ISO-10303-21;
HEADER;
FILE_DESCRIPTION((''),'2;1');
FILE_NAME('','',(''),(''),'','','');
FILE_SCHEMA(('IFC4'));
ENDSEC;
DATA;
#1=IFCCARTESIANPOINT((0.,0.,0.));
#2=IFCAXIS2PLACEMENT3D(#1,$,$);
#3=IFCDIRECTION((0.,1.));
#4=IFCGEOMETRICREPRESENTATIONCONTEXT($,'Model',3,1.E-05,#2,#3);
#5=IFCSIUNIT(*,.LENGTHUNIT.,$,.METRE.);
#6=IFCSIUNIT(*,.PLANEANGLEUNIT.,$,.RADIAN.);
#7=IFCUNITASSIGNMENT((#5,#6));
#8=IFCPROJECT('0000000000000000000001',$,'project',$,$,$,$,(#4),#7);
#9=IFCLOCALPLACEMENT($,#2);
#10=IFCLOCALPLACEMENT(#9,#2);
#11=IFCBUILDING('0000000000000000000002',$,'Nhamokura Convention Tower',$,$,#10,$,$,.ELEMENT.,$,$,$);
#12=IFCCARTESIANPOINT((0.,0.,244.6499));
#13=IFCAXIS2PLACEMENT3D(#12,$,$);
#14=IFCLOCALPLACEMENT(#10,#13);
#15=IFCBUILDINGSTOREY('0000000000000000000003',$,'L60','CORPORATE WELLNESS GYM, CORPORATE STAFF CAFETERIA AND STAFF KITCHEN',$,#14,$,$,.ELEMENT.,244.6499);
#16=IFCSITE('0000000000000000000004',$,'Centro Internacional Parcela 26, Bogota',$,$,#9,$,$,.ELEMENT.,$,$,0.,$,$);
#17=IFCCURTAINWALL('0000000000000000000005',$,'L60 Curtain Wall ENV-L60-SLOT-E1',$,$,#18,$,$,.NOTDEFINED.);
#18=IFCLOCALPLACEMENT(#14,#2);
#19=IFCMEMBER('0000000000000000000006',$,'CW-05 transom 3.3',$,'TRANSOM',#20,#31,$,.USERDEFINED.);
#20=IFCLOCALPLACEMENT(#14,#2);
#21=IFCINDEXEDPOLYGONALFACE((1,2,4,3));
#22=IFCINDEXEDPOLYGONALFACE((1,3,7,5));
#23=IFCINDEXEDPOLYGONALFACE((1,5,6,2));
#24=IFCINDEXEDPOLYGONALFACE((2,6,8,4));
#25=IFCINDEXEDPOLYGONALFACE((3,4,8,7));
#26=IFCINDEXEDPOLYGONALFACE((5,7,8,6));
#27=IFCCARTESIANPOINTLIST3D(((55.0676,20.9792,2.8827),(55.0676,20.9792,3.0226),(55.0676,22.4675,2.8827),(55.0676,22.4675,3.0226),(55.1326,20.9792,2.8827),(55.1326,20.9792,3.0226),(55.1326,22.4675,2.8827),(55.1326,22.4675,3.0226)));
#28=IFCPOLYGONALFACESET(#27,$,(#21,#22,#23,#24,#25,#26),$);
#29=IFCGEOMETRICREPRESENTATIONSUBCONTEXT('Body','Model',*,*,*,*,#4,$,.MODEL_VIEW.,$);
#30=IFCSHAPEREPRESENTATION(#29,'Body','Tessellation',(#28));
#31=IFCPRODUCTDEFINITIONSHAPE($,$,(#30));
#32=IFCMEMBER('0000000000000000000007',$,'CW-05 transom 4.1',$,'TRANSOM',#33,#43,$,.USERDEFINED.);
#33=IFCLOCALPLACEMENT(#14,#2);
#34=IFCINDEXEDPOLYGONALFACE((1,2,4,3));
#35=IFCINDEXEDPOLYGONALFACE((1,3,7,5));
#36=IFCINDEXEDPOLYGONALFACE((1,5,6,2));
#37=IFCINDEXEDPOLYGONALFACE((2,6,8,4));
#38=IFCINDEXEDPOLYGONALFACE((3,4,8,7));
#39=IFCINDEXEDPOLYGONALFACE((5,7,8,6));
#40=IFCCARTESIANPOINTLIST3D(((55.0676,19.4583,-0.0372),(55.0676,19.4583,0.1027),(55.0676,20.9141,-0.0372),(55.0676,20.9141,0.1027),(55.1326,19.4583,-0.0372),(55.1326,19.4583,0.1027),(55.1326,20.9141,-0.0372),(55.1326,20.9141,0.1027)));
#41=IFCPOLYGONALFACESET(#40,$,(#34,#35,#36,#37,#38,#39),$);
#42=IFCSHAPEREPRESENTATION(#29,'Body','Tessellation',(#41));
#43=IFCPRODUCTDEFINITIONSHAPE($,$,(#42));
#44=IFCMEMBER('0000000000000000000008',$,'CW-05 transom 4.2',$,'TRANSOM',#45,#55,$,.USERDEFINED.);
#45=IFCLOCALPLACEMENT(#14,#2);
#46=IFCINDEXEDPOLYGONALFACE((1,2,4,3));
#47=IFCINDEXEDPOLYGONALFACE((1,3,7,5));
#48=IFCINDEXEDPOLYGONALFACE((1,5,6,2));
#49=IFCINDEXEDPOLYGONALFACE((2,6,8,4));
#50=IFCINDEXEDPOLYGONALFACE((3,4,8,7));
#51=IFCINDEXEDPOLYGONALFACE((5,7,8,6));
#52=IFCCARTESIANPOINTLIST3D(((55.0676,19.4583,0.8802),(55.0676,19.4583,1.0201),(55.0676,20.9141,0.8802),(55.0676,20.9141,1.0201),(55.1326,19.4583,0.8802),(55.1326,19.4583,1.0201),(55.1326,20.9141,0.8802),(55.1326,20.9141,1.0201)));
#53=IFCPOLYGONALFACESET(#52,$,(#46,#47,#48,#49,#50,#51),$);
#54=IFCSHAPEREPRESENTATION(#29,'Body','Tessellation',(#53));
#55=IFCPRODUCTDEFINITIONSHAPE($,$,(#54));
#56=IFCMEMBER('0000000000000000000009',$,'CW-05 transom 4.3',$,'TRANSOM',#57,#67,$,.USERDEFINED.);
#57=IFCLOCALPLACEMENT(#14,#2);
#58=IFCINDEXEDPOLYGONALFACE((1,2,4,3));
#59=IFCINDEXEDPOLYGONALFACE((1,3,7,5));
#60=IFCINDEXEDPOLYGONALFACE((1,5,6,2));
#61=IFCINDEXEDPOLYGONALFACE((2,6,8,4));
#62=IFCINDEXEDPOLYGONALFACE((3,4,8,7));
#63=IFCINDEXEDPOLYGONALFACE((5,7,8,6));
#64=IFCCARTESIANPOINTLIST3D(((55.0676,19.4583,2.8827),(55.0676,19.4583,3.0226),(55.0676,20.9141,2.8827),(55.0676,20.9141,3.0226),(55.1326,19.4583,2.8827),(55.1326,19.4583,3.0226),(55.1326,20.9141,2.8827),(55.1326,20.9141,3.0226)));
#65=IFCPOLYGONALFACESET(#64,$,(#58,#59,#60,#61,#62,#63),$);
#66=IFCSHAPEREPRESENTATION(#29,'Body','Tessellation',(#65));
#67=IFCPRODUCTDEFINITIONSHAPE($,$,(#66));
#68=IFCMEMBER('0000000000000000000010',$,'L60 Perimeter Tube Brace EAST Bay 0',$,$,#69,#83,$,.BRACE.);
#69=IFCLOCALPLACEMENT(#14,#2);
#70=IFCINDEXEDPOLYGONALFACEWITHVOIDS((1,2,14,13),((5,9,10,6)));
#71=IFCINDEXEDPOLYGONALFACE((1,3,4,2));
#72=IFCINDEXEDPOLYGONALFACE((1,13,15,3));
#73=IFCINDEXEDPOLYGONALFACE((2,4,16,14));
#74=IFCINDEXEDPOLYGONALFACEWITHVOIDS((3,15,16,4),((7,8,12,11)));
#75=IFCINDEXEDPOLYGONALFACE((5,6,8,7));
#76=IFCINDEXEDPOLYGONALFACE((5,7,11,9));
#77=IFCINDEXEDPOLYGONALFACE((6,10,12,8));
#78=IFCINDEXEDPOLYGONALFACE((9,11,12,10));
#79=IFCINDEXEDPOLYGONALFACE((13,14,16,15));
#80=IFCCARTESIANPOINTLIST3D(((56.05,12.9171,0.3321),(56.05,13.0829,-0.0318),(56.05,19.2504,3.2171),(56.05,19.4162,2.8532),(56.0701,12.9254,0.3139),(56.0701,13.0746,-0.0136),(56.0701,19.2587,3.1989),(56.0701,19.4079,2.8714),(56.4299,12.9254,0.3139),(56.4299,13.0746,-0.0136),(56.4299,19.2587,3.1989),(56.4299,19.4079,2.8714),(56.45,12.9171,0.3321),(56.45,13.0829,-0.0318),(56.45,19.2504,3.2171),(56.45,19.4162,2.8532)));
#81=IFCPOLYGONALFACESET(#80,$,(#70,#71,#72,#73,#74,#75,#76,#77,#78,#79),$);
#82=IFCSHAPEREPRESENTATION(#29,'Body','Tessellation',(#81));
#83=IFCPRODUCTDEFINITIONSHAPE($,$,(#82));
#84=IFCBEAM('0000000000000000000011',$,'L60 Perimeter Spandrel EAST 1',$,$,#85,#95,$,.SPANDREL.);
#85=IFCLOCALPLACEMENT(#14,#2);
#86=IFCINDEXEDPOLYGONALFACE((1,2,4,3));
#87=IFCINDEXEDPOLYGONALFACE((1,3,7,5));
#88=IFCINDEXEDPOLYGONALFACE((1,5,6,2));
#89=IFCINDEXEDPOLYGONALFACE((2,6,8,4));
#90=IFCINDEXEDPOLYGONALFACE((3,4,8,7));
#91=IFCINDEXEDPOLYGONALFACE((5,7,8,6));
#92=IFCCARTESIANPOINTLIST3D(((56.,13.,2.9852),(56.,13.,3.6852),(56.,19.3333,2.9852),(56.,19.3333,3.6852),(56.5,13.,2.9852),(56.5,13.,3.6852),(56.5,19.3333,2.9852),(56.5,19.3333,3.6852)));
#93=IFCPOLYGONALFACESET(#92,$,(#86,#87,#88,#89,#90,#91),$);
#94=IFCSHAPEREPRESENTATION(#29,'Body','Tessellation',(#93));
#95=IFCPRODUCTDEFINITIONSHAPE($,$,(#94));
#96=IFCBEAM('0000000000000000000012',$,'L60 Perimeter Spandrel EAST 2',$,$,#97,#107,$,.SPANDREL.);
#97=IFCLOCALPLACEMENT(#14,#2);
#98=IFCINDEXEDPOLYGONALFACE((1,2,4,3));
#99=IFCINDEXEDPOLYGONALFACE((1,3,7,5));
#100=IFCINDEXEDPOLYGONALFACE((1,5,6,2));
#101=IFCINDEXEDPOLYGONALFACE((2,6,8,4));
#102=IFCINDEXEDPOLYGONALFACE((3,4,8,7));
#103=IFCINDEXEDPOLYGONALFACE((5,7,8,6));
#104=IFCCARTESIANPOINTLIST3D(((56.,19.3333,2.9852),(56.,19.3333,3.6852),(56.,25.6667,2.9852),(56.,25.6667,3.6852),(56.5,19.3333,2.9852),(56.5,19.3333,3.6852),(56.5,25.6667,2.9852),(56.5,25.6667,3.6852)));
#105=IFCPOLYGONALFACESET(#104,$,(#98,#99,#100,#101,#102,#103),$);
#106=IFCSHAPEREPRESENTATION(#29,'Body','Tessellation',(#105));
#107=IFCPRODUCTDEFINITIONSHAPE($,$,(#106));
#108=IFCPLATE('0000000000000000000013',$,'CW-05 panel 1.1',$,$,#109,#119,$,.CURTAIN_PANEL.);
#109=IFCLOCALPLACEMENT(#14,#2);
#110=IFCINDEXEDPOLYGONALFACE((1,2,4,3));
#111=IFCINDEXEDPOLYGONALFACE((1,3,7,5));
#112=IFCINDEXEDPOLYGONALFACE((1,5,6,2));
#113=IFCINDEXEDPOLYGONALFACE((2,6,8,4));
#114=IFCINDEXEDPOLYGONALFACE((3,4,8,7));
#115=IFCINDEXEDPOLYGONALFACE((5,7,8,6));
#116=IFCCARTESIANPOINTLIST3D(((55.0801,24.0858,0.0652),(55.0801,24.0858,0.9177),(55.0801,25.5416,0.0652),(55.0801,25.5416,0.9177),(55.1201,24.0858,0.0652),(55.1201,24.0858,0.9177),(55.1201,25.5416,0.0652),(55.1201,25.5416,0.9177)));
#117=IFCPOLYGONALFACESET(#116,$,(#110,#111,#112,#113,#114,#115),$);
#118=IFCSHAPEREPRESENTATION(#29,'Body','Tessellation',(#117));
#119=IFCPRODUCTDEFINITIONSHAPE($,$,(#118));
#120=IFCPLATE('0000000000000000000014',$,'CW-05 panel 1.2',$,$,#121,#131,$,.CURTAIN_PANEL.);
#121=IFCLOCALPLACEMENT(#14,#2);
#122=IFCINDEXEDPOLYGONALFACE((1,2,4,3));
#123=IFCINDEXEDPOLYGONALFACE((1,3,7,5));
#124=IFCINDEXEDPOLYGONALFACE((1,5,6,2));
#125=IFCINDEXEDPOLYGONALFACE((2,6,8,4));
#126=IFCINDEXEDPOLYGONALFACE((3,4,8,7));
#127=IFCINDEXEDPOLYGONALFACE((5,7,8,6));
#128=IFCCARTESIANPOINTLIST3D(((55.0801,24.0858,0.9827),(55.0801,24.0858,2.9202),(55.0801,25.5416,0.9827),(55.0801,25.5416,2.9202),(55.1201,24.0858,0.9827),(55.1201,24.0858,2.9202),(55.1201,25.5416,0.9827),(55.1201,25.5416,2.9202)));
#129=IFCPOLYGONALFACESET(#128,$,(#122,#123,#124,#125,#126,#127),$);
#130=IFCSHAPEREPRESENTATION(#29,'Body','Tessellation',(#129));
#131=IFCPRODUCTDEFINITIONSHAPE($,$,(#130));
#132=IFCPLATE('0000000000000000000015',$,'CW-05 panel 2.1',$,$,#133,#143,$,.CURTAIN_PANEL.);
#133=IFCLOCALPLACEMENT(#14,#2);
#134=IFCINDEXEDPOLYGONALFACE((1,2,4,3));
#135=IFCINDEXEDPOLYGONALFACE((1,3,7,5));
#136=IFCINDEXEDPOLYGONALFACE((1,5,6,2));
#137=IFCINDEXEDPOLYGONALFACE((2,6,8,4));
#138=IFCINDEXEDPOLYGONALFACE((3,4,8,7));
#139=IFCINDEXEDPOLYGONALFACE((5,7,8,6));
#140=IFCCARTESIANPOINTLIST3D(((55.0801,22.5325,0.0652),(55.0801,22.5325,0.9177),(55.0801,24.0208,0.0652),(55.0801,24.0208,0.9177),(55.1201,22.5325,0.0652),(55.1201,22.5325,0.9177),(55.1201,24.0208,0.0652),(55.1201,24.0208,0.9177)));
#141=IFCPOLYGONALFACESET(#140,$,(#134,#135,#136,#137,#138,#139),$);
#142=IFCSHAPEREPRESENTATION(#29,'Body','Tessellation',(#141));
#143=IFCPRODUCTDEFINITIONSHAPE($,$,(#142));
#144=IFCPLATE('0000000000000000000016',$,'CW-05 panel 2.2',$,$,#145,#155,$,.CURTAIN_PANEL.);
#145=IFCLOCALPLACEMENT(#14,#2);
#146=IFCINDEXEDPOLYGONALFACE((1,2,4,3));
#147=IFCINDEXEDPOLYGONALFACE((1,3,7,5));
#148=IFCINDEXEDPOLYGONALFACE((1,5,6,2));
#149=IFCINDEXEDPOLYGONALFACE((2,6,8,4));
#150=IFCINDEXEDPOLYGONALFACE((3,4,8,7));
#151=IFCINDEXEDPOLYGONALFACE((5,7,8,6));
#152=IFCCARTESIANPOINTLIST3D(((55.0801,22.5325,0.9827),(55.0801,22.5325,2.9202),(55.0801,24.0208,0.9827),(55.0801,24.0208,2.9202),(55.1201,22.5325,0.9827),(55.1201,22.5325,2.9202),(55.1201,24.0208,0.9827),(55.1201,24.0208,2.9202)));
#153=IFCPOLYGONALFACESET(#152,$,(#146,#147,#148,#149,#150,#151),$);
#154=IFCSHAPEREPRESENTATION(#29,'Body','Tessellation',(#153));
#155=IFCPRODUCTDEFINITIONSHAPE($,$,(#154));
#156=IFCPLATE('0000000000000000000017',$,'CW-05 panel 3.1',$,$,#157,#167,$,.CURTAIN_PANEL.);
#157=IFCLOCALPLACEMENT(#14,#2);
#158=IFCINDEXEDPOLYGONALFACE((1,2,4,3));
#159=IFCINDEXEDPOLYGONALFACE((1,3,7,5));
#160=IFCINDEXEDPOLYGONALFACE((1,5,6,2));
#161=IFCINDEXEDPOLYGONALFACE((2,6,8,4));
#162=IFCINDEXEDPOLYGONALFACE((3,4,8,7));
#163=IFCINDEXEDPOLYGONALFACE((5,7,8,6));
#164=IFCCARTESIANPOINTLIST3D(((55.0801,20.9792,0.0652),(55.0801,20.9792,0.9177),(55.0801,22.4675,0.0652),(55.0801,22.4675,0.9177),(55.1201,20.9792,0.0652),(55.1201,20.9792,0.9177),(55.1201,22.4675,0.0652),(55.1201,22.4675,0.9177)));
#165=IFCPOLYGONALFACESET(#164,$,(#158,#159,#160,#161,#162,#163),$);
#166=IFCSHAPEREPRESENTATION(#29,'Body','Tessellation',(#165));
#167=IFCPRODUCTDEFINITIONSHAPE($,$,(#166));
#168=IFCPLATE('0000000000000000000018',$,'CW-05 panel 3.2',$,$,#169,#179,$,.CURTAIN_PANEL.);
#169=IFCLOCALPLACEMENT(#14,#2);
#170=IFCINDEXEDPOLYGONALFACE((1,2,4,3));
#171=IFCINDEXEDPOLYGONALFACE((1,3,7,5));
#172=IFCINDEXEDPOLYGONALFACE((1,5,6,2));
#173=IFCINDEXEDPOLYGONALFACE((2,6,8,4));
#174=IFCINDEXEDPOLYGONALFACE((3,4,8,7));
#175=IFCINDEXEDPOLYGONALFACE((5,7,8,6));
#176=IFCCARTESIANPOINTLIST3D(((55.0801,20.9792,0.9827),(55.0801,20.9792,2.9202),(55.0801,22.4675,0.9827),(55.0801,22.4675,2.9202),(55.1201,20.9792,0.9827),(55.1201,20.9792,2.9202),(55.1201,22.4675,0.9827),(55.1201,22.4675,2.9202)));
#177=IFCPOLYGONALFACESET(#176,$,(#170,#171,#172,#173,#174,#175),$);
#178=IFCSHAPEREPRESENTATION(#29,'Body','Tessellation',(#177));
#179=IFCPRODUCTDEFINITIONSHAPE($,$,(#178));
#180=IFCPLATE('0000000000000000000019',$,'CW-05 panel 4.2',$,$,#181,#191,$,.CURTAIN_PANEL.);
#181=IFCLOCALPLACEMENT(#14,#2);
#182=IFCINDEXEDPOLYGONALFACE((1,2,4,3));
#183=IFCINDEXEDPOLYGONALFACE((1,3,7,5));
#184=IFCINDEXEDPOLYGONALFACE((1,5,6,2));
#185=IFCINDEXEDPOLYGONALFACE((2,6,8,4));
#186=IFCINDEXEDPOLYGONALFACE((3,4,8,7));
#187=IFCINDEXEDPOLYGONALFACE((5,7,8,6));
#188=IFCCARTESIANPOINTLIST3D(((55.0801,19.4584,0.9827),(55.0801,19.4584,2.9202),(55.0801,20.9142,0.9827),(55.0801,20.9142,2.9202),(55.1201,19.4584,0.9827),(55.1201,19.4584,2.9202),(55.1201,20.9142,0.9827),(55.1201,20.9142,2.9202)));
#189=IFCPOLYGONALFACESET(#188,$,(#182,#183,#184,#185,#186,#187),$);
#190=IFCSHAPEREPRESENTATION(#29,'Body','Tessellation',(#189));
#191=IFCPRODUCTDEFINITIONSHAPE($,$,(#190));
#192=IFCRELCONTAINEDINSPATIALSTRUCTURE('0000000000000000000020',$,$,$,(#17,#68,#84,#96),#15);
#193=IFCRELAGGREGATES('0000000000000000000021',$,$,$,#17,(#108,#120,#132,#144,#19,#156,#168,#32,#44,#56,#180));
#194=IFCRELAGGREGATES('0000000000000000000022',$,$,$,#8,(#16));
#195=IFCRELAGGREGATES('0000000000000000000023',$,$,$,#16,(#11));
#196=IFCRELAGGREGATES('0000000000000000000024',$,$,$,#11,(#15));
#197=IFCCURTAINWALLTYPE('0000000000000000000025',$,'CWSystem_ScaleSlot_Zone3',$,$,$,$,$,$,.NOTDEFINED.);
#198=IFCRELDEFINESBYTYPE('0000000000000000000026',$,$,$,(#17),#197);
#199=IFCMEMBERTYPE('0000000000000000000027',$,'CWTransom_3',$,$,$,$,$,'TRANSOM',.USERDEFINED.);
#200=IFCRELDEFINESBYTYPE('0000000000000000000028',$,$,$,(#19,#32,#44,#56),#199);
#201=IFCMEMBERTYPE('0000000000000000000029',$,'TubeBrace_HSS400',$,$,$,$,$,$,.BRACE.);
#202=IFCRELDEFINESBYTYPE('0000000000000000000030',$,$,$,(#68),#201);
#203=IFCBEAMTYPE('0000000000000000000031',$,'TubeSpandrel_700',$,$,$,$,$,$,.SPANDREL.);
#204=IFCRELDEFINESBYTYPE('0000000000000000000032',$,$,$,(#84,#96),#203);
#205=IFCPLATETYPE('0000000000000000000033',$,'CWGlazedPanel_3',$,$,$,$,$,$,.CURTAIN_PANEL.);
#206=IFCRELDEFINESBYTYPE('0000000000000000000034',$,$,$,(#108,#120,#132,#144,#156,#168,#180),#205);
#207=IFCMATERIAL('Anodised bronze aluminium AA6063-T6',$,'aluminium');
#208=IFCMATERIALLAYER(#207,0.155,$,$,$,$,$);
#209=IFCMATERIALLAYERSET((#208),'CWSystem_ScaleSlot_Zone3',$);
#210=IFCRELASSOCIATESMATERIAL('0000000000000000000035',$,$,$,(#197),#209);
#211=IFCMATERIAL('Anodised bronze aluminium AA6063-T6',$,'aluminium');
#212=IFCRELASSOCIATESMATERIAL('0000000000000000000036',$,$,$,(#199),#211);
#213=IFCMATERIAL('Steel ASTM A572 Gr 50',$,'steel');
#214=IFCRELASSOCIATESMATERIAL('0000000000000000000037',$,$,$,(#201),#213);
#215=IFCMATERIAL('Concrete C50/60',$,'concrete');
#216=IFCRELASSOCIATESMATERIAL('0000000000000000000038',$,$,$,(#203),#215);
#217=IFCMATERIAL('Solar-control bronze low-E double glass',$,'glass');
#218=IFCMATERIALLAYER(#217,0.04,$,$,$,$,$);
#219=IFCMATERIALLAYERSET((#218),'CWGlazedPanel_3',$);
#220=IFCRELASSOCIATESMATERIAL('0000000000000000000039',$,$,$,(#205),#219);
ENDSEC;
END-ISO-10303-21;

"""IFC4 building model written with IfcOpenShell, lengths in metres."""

from ifc_helpers import new_model, si_unit, direction, frame, origin, origin_2d, place, context, subcontext, project, spatial, rectangle, hollow_rectangle, extrude, material, layer, layer_set, material_profile, profile_set, type_object, element, aggregate, save


model = new_model("IFC4")

# Units and contexts
model_context = context("Model", 3, precision=1e-05, world=origin(), true_north=direction((0.0, 1.0)))
body_context = subcontext(model_context, "Body", "Model", "MODEL_VIEW")
ifc_project = project(units=[si_unit("LENGTHUNIT", "METRE"), si_unit("PLANEANGLEUNIT", "RADIAN")], contexts=[model_context])

# Site, building, storey
site_placement = place(None, origin())
site = spatial("IfcSite", under=ifc_project, at=site_placement, Name="Centro Internacional Parcela 26, Bogota", CompositionType="ELEMENT", RefElevation=0.0)
building_placement = place(site_placement, origin())
building = spatial("IfcBuilding", under=site, at=building_placement, Name="Nhamokura Convention Tower", CompositionType="ELEMENT")
storey_placement = place(building_placement, frame((0.0, 0.0, 244.6499)))
storey = spatial("IfcBuildingStorey", under=building, at=storey_placement, Name="L60", Description="CORPORATE WELLNESS GYM, CORPORATE STAFF CAFETERIA AND STAFF KITCHEN", CompositionType="ELEMENT", Elevation=244.6499)

# Curtain wall, members
ifc_material_1 = material(Name="Anodised bronze aluminium AA6063-T6", Category="aluminium")
ifc_layer_1 = layer(ifc_material_1, 0.155)
ifc_layer_set_1 = layer_set([ifc_layer_1], Name="CWSystem_ScaleSlot_Zone3")
curtain_wall_type = type_object("IfcCurtainWallType", Name="CWSystem_ScaleSlot_Zone3", PredefinedType="NOTDEFINED", material=ifc_layer_set_1)
curtain_wall_placement = place(storey_placement, origin())
curtain_wall = element("IfcCurtainWall", 1, at=curtain_wall_placement, inside=storey, type_object=curtain_wall_type, Name="L60 Curtain Wall ENV-L60-SLOT-E1", PredefinedType="NOTDEFINED")
ifc_material_2 = material(Name="Anodised bronze aluminium AA6063-T6", Category="aluminium")
ifc_material_profile_1 = material_profile(ifc_material_2, rectangle(XDim=0.0649, YDim=0.1399, at=origin_2d()))
ifc_profile_set_1 = profile_set([ifc_material_profile_1], Name="Anodised bronze aluminium AA6063-T6")
member_type_1 = type_object("IfcMemberType", Name="CWTransom_3", ElementType="TRANSOM", PredefinedType="USERDEFINED", material=ifc_profile_set_1)
member_1_placement = place(storey_placement, frame((55.1001, 22.4675, 2.9526), z_axis=(0.0, -1.0, 0.0), x_axis=(1.0, 0.0, 0.0)))
member_1 = element("IfcMember", 2, at=member_1_placement, type_object=member_type_1, Name="CW-05 transom 3.3", ObjectType="TRANSOM", PredefinedType="USERDEFINED", context=body_context, shape_type="SweptSolid", body=[
    extrude(rectangle(XDim=0.0649, YDim=0.1399, at=origin_2d()), origin(), (0.0, 0.0, 1.0), 1.4883),
])
member_2_placement = place(storey_placement, frame((55.1001, 20.9141, 0.0327), z_axis=(0.0, -1.0, 0.0), x_axis=(1.0, 0.0, 0.0)))
member_2 = element("IfcMember", 3, at=member_2_placement, type_object=member_type_1, Name="CW-05 transom 4.1", ObjectType="TRANSOM", PredefinedType="USERDEFINED", context=body_context, shape_type="SweptSolid", body=[
    extrude(rectangle(XDim=0.0649, YDim=0.1399, at=origin_2d()), origin(), (0.0, 0.0, 1.0), 1.4558),
])
member_3_placement = place(storey_placement, frame((55.1001, 20.9141, 0.9502), z_axis=(0.0, -1.0, 0.0), x_axis=(1.0, 0.0, 0.0)))
member_3 = element("IfcMember", 4, at=member_3_placement, type_object=member_type_1, Name="CW-05 transom 4.2", ObjectType="TRANSOM", PredefinedType="USERDEFINED", context=body_context, shape_type="SweptSolid", body=[
    extrude(rectangle(XDim=0.0649, YDim=0.1399, at=origin_2d()), origin(), (0.0, 0.0, 1.0), 1.4558),
])
member_4_placement = place(storey_placement, frame((55.1001, 20.9141, 2.9526), z_axis=(0.0, -1.0, 0.0), x_axis=(1.0, 0.0, 0.0)))
member_4 = element("IfcMember", 5, at=member_4_placement, type_object=member_type_1, Name="CW-05 transom 4.3", ObjectType="TRANSOM", PredefinedType="USERDEFINED", context=body_context, shape_type="SweptSolid", body=[
    extrude(rectangle(XDim=0.0649, YDim=0.1399, at=origin_2d()), origin(), (0.0, 0.0, 1.0), 1.4558),
])

# Member
ifc_material_3 = material(Name="Steel ASTM A572 Gr 50", Category="steel")
ifc_material_profile_2 = material_profile(ifc_material_3, hollow_rectangle(XDim=0.3999, YDim=0.3999, WallThickness=0.02, at=origin_2d()))
ifc_profile_set_2 = profile_set([ifc_material_profile_2], Name="Steel ASTM A572 Gr 50")
member_type_2 = type_object("IfcMemberType", Name="TubeBrace_HSS400", PredefinedType="BRACE", material=ifc_profile_set_2)
member_5_placement = place(storey_placement, frame((56.25, 13.0, 0.1501), z_axis=(0.0, 0.910027, 0.414548), x_axis=(-1.0, 0.0, 0.0)))
element("IfcMember", 6, at=member_5_placement, inside=storey, type_object=member_type_2, Name="L60 Perimeter Tube Brace EAST Bay 0", PredefinedType="BRACE", context=body_context, shape_type="SweptSolid", body=[
    extrude(hollow_rectangle(XDim=0.3999, YDim=0.3999, WallThickness=0.02, at=origin_2d()), origin(), (0.0, 0.0, 1.0), 6.9595),
])

# Beams
ifc_material_4 = material(Name="Concrete C50/60", Category="concrete")
ifc_material_profile_3 = material_profile(ifc_material_4, rectangle(XDim=0.5, YDim=0.7, at=origin_2d()))
ifc_profile_set_3 = profile_set([ifc_material_profile_3], Name="Concrete C50/60")
beam_type = type_object("IfcBeamType", Name="TubeSpandrel_700", PredefinedType="SPANDREL", material=ifc_profile_set_3)
beam_1_placement = place(storey_placement, frame((56.25, 13.0, 3.3352), z_axis=(0.0, 1.0, 0.0), x_axis=(-1.0, 0.0, 0.0)))
element("IfcBeam", 7, at=beam_1_placement, inside=storey, type_object=beam_type, Name="L60 Perimeter Spandrel EAST 1", PredefinedType="SPANDREL", context=body_context, shape_type="SweptSolid", body=[
    extrude(rectangle(XDim=0.5, YDim=0.7, at=origin_2d()), origin(), (0.0, 0.0, 1.0), 6.3333),
])
beam_2_placement = place(storey_placement, frame((56.25, 19.3333, 3.3352), z_axis=(0.0, 1.0, 0.0), x_axis=(-1.0, 0.0, 0.0)))
element("IfcBeam", 8, at=beam_2_placement, inside=storey, type_object=beam_type, Name="L60 Perimeter Spandrel EAST 2", PredefinedType="SPANDREL", context=body_context, shape_type="SweptSolid", body=[
    extrude(rectangle(XDim=0.5, YDim=0.7, at=origin_2d()), origin(), (0.0, 0.0, 1.0), 6.3335),
])

# Plates
ifc_material_5 = material(Name="Solar-control bronze low-E double glass", Category="glass")
ifc_layer_2 = layer(ifc_material_5, 0.04)
ifc_layer_set_2 = layer_set([ifc_layer_2], Name="CWGlazedPanel_3")
plate_type = type_object("IfcPlateType", Name="CWGlazedPanel_3", PredefinedType="CURTAIN_PANEL", material=ifc_layer_set_2)
plate_1_placement = place(storey_placement, frame((55.1001, 24.8137, 0.0652), z_axis=(0.0, 0.0, 1.0), x_axis=(0.0, -1.0, 0.0)))
plate_1 = element("IfcPlate", 9, at=plate_1_placement, type_object=plate_type, Name="CW-05 panel 1.1", PredefinedType="CURTAIN_PANEL", context=body_context, shape_type="SweptSolid", body=[
    extrude(rectangle(XDim=1.4558, YDim=0.04, at=origin_2d()), origin(), (0.0, 0.0, 1.0), 0.8525),
])
plate_2_placement = place(storey_placement, frame((55.1001, 24.8137, 0.9827), z_axis=(0.0, 0.0, 1.0), x_axis=(0.0, -1.0, 0.0)))
plate_2 = element("IfcPlate", 10, at=plate_2_placement, type_object=plate_type, Name="CW-05 panel 1.2", PredefinedType="CURTAIN_PANEL", context=body_context, shape_type="SweptSolid", body=[
    extrude(rectangle(XDim=1.4558, YDim=0.04, at=origin_2d()), origin(), (0.0, 0.0, 1.0), 1.9375),
])
plate_3_placement = place(storey_placement, frame((55.1001, 23.2766, 0.0652), z_axis=(0.0, 0.0, 1.0), x_axis=(0.0, -1.0, 0.0)))
plate_3 = element("IfcPlate", 11, at=plate_3_placement, type_object=plate_type, Name="CW-05 panel 2.1", PredefinedType="CURTAIN_PANEL", context=body_context, shape_type="SweptSolid", body=[
    extrude(rectangle(XDim=1.4883, YDim=0.04, at=origin_2d()), origin(), (0.0, 0.0, 1.0), 0.8525),
])
plate_4_placement = place(storey_placement, frame((55.1001, 23.2766, 0.9827), z_axis=(0.0, 0.0, 1.0), x_axis=(0.0, -1.0, 0.0)))
plate_4 = element("IfcPlate", 12, at=plate_4_placement, type_object=plate_type, Name="CW-05 panel 2.2", PredefinedType="CURTAIN_PANEL", context=body_context, shape_type="SweptSolid", body=[
    extrude(rectangle(XDim=1.4883, YDim=0.04, at=origin_2d()), origin(), (0.0, 0.0, 1.0), 1.9375),
])
plate_5_placement = place(storey_placement, frame((55.1001, 21.7234, 0.0652), z_axis=(0.0, 0.0, 1.0), x_axis=(0.0, -1.0, 0.0)))
plate_5 = element("IfcPlate", 13, at=plate_5_placement, type_object=plate_type, Name="CW-05 panel 3.1", PredefinedType="CURTAIN_PANEL", context=body_context, shape_type="SweptSolid", body=[
    extrude(rectangle(XDim=1.4883, YDim=0.04, at=origin_2d()), origin(), (0.0, 0.0, 1.0), 0.8525),
])
plate_6_placement = place(storey_placement, frame((55.1001, 21.7234, 0.9827), z_axis=(0.0, 0.0, 1.0), x_axis=(0.0, -1.0, 0.0)))
plate_6 = element("IfcPlate", 14, at=plate_6_placement, type_object=plate_type, Name="CW-05 panel 3.2", PredefinedType="CURTAIN_PANEL", context=body_context, shape_type="SweptSolid", body=[
    extrude(rectangle(XDim=1.4883, YDim=0.04, at=origin_2d()), origin(), (0.0, 0.0, 1.0), 1.9375),
])
plate_7_placement = place(storey_placement, frame((55.1001, 20.1863, 0.9827), z_axis=(0.0, 0.0, 1.0), x_axis=(0.0, -1.0, 0.0)))
plate_7 = element("IfcPlate", 15, at=plate_7_placement, type_object=plate_type, Name="CW-05 panel 4.2", PredefinedType="CURTAIN_PANEL", context=body_context, shape_type="SweptSolid", body=[
    extrude(rectangle(XDim=1.4558, YDim=0.04, at=origin_2d()), origin(), (0.0, 0.0, 1.0), 1.9375),
])
aggregate(curtain_wall, [plate_1, plate_2, plate_3, plate_4, member_1, plate_5, plate_6, member_2, member_3, member_4, plate_7])

save(model, "model.ifc")
